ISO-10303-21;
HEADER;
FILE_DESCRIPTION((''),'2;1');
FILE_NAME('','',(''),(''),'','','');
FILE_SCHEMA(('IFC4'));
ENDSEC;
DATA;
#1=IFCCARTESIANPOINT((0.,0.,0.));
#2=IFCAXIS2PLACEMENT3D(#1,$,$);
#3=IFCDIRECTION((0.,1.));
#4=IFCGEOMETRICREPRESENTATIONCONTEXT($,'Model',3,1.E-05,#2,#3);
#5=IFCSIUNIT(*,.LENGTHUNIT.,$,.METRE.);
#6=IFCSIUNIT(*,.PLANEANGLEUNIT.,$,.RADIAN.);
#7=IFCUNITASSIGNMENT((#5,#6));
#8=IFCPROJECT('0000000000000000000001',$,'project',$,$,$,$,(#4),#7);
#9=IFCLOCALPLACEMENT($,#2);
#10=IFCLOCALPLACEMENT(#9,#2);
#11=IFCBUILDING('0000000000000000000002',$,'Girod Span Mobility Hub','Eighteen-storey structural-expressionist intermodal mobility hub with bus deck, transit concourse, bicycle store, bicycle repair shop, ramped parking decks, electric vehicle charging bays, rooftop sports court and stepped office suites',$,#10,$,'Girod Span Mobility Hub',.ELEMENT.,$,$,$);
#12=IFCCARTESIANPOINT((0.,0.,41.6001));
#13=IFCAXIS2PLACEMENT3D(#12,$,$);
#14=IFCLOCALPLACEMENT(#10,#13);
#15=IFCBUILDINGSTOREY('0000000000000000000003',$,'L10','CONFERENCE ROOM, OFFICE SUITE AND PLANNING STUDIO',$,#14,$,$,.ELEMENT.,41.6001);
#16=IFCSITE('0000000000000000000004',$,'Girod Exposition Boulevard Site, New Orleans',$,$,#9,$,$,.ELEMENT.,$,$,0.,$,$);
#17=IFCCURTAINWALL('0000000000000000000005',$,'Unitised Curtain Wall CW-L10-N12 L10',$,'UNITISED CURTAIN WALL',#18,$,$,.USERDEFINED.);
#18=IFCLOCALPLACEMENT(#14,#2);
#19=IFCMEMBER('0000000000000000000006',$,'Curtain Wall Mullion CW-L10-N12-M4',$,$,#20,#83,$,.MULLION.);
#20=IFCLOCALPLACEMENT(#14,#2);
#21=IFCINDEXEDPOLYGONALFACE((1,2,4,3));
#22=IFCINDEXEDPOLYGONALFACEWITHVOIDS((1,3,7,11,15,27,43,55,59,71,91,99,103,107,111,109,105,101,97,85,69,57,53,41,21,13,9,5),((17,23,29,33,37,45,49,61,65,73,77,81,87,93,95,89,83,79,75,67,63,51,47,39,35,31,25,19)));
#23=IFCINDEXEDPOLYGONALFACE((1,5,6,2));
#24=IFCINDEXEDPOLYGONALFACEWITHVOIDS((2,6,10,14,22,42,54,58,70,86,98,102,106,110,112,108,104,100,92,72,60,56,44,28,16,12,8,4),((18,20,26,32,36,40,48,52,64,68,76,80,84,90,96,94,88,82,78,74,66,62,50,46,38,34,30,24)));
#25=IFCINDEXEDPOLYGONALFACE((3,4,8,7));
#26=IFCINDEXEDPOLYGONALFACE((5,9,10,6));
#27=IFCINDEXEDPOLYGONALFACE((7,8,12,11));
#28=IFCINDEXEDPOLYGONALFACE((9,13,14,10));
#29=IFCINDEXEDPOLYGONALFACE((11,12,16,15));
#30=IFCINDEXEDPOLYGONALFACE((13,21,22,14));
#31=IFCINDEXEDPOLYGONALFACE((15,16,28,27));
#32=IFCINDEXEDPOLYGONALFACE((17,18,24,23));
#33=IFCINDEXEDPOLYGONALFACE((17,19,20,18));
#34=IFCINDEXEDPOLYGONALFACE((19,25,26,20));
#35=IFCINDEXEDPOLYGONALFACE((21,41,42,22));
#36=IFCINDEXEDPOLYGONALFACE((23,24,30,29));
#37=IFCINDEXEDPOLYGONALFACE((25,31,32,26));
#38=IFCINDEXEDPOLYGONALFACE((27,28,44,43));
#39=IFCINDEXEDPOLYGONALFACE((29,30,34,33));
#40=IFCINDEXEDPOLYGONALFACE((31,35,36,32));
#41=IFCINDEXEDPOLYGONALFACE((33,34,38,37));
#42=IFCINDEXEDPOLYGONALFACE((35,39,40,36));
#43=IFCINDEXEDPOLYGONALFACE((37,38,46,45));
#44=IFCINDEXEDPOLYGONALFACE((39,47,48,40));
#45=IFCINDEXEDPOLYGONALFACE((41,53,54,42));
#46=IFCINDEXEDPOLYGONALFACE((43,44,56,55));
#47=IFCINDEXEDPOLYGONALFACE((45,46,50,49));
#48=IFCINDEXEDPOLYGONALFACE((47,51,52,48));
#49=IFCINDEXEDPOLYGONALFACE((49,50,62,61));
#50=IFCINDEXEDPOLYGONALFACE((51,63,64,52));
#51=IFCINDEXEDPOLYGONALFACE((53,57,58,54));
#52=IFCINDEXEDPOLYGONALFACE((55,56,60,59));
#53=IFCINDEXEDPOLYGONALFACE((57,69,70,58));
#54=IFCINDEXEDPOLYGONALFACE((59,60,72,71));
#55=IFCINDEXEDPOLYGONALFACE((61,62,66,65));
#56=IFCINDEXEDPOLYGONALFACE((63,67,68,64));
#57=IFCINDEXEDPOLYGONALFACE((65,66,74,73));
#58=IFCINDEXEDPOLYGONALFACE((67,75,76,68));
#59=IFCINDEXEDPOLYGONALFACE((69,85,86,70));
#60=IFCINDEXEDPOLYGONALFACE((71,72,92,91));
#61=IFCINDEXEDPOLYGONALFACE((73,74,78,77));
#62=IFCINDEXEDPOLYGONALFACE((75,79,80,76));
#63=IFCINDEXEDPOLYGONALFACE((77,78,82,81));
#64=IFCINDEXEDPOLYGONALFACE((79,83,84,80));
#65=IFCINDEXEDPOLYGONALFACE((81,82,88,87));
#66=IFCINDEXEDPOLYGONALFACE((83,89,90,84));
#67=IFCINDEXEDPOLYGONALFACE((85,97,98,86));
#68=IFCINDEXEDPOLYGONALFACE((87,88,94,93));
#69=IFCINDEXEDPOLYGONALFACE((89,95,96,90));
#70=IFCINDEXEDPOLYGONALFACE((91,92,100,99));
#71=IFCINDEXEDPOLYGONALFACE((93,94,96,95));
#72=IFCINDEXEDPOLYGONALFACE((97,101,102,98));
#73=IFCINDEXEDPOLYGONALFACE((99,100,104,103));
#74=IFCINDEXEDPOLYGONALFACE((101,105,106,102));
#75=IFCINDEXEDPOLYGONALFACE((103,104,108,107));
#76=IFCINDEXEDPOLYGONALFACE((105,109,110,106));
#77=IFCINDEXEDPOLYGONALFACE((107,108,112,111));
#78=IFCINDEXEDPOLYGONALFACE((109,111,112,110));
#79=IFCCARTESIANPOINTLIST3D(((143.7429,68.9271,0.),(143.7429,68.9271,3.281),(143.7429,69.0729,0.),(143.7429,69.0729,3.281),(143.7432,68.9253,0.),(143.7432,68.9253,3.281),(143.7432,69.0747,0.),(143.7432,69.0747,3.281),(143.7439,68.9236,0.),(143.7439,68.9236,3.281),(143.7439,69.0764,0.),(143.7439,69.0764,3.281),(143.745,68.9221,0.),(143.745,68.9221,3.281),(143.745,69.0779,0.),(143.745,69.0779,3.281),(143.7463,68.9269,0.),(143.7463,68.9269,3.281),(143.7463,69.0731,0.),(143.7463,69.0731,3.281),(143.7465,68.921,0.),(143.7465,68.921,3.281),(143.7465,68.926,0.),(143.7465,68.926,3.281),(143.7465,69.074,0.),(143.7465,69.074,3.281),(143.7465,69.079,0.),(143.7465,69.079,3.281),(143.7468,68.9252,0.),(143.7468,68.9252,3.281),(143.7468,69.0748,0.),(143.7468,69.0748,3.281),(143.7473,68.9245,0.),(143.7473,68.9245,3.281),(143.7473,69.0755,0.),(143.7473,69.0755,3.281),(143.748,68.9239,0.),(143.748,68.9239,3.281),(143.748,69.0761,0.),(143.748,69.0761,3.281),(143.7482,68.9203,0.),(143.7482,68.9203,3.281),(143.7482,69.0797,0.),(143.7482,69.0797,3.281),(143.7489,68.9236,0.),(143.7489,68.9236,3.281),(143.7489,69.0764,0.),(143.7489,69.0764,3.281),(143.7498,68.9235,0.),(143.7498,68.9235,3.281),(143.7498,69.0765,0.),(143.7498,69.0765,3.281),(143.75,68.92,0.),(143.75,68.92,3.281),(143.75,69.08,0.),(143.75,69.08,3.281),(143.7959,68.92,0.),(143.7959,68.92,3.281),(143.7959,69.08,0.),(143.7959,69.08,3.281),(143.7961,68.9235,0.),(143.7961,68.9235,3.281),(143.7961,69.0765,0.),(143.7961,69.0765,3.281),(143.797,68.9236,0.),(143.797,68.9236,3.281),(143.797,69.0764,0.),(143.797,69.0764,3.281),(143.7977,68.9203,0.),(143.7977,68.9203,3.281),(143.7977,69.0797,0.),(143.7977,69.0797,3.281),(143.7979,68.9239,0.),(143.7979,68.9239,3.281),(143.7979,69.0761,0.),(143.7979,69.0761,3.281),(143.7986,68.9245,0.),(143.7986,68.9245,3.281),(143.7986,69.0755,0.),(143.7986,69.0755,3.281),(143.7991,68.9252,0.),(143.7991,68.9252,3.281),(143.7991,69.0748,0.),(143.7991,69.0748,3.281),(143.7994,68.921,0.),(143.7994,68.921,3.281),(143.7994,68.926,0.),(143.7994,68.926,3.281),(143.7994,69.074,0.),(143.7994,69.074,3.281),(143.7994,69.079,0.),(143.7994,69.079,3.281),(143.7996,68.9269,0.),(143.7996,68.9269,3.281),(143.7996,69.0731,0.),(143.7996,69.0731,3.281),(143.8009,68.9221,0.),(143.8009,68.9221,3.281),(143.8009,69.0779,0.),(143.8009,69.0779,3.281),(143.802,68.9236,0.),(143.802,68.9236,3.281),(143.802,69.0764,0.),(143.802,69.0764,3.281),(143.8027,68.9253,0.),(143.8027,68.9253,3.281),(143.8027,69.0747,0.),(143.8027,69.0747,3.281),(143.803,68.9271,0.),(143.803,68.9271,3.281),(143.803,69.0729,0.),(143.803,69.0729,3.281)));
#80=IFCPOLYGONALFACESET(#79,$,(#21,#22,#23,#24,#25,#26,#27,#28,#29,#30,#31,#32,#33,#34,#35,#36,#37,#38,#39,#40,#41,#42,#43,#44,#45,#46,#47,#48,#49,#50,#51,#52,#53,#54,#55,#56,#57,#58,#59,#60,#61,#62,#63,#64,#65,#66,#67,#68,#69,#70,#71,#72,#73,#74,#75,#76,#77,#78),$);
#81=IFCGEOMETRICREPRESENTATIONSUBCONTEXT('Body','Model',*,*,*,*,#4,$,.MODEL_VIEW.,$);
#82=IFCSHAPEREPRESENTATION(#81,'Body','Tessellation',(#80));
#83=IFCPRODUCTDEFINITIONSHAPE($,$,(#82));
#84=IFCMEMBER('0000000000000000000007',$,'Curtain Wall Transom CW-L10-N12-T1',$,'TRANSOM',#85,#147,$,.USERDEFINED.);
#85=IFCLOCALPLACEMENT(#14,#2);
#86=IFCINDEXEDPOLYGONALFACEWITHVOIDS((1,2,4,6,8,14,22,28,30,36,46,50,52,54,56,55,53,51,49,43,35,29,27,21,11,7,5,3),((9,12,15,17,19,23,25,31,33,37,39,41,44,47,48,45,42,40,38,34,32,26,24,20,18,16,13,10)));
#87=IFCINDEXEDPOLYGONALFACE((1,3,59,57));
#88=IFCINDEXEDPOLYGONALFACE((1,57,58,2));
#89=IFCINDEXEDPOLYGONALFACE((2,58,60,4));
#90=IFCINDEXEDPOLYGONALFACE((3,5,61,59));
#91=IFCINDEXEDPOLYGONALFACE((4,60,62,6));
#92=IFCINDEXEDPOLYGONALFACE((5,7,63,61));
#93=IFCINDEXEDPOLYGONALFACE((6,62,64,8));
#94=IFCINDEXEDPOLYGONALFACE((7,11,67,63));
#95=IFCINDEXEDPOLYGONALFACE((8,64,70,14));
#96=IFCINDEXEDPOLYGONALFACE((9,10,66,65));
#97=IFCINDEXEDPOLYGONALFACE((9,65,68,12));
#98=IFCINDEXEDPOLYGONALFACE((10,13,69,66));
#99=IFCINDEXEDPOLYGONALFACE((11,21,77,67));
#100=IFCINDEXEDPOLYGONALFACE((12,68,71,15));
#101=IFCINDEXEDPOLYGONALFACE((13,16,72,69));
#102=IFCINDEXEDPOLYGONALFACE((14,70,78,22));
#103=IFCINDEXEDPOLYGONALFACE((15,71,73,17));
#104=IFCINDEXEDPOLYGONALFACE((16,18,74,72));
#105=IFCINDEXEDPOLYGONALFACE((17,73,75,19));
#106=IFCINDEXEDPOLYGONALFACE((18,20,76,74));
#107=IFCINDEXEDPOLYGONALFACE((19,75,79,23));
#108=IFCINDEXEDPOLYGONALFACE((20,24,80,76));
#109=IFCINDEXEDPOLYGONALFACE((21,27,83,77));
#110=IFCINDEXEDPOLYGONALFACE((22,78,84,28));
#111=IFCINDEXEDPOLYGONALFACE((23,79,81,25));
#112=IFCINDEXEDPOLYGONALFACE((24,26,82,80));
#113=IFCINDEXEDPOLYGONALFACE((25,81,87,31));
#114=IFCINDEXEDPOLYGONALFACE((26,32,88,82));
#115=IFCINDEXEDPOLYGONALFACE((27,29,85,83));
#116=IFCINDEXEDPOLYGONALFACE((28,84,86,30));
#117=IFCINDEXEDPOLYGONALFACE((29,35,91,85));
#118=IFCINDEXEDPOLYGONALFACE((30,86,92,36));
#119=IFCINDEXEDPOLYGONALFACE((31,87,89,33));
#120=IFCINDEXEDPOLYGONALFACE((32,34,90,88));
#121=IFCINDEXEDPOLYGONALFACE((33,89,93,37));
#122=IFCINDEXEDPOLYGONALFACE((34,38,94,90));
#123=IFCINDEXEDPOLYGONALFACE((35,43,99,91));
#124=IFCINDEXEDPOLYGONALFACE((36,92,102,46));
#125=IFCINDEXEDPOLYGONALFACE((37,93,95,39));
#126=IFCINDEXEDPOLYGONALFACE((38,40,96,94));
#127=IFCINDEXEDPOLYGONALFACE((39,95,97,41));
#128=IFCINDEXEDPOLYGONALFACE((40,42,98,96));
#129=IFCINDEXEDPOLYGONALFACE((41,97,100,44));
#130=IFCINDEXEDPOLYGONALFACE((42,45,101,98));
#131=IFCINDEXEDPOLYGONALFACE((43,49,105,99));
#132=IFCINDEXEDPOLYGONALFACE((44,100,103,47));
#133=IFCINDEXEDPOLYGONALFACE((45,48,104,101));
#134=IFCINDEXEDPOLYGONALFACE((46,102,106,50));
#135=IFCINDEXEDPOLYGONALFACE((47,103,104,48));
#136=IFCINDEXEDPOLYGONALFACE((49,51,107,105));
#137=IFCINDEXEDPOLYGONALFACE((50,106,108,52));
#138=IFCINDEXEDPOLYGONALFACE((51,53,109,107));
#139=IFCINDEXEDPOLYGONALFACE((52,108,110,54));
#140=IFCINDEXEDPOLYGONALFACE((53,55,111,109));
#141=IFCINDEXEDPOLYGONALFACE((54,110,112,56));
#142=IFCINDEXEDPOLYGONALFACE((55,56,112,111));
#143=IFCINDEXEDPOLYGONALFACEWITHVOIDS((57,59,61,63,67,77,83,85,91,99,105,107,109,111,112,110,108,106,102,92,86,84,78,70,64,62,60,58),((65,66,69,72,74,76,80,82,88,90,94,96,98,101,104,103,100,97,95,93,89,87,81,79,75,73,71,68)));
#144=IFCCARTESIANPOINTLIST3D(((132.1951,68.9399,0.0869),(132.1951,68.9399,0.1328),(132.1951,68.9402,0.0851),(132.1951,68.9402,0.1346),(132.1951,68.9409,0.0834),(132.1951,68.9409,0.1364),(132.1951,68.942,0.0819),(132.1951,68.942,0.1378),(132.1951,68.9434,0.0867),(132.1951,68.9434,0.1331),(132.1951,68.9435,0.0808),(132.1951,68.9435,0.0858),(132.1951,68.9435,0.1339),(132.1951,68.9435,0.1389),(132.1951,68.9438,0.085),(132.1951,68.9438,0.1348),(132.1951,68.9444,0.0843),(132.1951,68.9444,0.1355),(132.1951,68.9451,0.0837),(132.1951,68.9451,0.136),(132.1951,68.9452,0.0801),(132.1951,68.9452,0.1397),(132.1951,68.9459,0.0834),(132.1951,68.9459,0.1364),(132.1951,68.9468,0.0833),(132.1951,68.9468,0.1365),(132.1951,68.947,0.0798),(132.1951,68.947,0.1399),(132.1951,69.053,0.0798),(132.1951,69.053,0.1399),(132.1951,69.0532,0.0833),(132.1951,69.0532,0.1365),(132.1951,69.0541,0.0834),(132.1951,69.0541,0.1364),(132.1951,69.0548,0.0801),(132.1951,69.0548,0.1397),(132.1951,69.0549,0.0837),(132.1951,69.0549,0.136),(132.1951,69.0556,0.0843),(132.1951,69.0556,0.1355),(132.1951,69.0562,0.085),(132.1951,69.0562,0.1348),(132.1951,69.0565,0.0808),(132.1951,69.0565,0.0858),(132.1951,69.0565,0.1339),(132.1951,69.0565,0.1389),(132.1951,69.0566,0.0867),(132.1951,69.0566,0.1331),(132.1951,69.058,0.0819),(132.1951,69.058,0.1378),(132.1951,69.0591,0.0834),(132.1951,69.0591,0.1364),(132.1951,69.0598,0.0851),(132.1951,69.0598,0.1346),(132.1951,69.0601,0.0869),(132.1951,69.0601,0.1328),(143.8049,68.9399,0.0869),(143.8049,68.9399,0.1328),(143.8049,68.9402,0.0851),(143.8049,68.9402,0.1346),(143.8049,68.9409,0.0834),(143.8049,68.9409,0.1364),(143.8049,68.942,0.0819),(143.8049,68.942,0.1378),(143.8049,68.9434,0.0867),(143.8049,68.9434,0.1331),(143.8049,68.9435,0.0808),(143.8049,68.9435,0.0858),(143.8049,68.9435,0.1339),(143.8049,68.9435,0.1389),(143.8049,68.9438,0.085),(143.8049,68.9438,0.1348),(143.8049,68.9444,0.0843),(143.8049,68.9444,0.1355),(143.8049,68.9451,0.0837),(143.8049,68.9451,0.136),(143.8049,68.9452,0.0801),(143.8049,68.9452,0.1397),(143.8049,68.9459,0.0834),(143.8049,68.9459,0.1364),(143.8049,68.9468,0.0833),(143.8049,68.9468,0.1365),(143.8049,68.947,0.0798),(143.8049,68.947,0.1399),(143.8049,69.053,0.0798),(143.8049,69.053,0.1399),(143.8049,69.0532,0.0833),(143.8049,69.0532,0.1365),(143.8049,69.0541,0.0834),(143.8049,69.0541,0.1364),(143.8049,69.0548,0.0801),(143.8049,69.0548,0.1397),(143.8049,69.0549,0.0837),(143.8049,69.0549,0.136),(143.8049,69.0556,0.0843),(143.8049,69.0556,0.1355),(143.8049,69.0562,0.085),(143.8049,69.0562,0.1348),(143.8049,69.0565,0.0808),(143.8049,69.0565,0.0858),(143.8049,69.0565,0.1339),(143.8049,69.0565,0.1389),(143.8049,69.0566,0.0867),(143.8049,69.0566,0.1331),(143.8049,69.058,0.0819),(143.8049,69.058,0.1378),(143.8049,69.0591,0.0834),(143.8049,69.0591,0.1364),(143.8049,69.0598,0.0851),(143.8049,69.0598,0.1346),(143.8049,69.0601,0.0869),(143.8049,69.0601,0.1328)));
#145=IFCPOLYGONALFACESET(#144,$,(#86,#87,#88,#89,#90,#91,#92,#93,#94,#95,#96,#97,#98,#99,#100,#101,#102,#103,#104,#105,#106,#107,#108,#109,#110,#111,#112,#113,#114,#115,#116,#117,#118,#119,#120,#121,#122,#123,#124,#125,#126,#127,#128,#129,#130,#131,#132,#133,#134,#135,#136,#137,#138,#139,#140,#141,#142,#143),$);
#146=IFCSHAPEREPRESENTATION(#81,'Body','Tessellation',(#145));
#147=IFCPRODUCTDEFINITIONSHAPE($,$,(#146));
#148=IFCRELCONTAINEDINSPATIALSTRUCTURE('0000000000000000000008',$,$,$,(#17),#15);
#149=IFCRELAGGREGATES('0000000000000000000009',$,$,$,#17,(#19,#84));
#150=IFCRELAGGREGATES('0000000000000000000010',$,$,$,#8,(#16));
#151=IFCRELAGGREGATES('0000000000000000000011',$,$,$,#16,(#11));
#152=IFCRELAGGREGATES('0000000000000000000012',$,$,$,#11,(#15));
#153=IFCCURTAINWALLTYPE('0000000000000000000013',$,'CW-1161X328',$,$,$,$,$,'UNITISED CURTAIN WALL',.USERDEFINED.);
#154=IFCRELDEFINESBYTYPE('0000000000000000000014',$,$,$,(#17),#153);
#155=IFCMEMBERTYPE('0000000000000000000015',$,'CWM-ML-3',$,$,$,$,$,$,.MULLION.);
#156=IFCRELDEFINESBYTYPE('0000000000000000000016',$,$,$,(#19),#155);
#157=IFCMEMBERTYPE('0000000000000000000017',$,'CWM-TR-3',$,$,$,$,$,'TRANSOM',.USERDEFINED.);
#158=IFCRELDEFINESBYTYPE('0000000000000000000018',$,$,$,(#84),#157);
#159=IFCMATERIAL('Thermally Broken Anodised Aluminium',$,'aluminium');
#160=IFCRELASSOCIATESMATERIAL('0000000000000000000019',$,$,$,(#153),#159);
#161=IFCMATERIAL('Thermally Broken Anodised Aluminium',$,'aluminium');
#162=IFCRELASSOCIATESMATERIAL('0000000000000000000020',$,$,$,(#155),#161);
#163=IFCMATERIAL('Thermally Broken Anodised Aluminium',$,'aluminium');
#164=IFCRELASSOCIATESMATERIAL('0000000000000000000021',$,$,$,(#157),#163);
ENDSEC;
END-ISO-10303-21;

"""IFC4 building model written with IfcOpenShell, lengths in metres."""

from ifc_helpers import new_model, si_unit, direction, frame, origin, origin_2d, place, context, subcontext, project, spatial, hollow_rectangle, extrude, material, material_profile, profile_set, type_object, element, aggregate, save


model = new_model("IFC4")

# Units and contexts
model_context = context("Model", 3, precision=1e-05, world=origin(), true_north=direction((0.0, 1.0)))
body_context = subcontext(model_context, "Body", "Model", "MODEL_VIEW")
ifc_project = project(units=[si_unit("LENGTHUNIT", "METRE"), si_unit("PLANEANGLEUNIT", "RADIAN")], contexts=[model_context])

# Site, building, storey
site_placement = place(None, origin())
site = spatial("IfcSite", under=ifc_project, at=site_placement, Name="Girod Exposition Boulevard Site, New Orleans", CompositionType="ELEMENT", RefElevation=0.0)
building_placement = place(site_placement, origin())
building = spatial("IfcBuilding", under=site, at=building_placement, Name="Girod Span Mobility Hub", Description="Eighteen-storey structural-expressionist intermodal mobility hub with bus deck, transit concourse, bicycle store, bicycle repair shop, ramped parking decks, electric vehicle charging bays, rooftop sports court and stepped office suites", LongName="Girod Span Mobility Hub", CompositionType="ELEMENT")
storey_placement = place(building_placement, frame((0.0, 0.0, 41.6001)))
storey = spatial("IfcBuildingStorey", under=building, at=storey_placement, Name="L10", Description="CONFERENCE ROOM, OFFICE SUITE AND PLANNING STUDIO", CompositionType="ELEMENT", Elevation=41.6001)

# Curtain wall, members
ifc_material_1 = material(Name="Thermally Broken Anodised Aluminium", Category="aluminium")
curtain_wall_type = type_object("IfcCurtainWallType", Name="CW-1161X328", ElementType="UNITISED CURTAIN WALL", PredefinedType="USERDEFINED", material=ifc_material_1)
ifc_material_2 = material(Name="Thermally Broken Anodised Aluminium", Category="aluminium")
ifc_material_profile_1 = material_profile(ifc_material_2, hollow_rectangle(XDim=0.1599, YDim=0.0601, WallThickness=0.0034, InnerFilletRadius=0.0034, OuterFilletRadius=0.0071, at=origin_2d()), Name="CW-ML-60X160")
ifc_profile_set_1 = profile_set([ifc_material_profile_1], Name="Thermally Broken Anodised Aluminium")
member_type_1 = type_object("IfcMemberType", Name="CWM-ML-3", PredefinedType="MULLION", material=ifc_profile_set_1)
curtain_wall_1_placement = place(storey_placement, origin())
curtain_wall_1 = element("IfcCurtainWall", 1, at=curtain_wall_1_placement, inside=storey, type_object=curtain_wall_type, Name="Unitised Curtain Wall CW-L10-N12 L10", ObjectType="UNITISED CURTAIN WALL", PredefinedType="USERDEFINED")
member_1_placement = place(storey_placement, frame((143.7729, 69.0, 0.0), z_axis=(0.0, 0.0, 1.0), x_axis=(0.0, 1.0, 0.0)))
member_1 = element("IfcMember", 2, at=member_1_placement, type_object=member_type_1, Name="Curtain Wall Mullion CW-L10-N12-M4", PredefinedType="MULLION", context=body_context, shape_type="SweptSolid", body=[
    extrude(hollow_rectangle(XDim=0.1599, YDim=0.0601, WallThickness=0.0034, InnerFilletRadius=0.0034, OuterFilletRadius=0.0071, at=origin_2d()), origin(), (0.0, 0.0, 1.0), 3.281),
])
ifc_material_3 = material(Name="Thermally Broken Anodised Aluminium", Category="aluminium")
ifc_material_profile_2 = material_profile(ifc_material_3, hollow_rectangle(XDim=0.1201, YDim=0.0601, WallThickness=0.0034, InnerFilletRadius=0.0034, OuterFilletRadius=0.0071, at=origin_2d()), Name="CW-TR-60X120")
ifc_profile_set_2 = profile_set([ifc_material_profile_2], Name="Thermally Broken Anodised Aluminium")
member_type_2 = type_object("IfcMemberType", Name="CWM-TR-3", ElementType="TRANSOM", PredefinedType="USERDEFINED", material=ifc_profile_set_2)
member_2_placement = place(storey_placement, frame((132.1951, 69.0, 0.1099), z_axis=(1.0, 0.0, 0.0), x_axis=(0.0, 1.0, 0.0)))
member_2 = element("IfcMember", 3, at=member_2_placement, type_object=member_type_2, Name="Curtain Wall Transom CW-L10-N12-T1", ObjectType="TRANSOM", PredefinedType="USERDEFINED", context=body_context, shape_type="SweptSolid", body=[
    extrude(hollow_rectangle(XDim=0.1201, YDim=0.0601, WallThickness=0.0034, InnerFilletRadius=0.0034, OuterFilletRadius=0.0071, at=origin_2d()), origin(), (0.0, 0.0, 1.0), 11.6099),
])

aggregate(curtain_wall_1, [member_1, member_2])

save(model, "model.ifc")
